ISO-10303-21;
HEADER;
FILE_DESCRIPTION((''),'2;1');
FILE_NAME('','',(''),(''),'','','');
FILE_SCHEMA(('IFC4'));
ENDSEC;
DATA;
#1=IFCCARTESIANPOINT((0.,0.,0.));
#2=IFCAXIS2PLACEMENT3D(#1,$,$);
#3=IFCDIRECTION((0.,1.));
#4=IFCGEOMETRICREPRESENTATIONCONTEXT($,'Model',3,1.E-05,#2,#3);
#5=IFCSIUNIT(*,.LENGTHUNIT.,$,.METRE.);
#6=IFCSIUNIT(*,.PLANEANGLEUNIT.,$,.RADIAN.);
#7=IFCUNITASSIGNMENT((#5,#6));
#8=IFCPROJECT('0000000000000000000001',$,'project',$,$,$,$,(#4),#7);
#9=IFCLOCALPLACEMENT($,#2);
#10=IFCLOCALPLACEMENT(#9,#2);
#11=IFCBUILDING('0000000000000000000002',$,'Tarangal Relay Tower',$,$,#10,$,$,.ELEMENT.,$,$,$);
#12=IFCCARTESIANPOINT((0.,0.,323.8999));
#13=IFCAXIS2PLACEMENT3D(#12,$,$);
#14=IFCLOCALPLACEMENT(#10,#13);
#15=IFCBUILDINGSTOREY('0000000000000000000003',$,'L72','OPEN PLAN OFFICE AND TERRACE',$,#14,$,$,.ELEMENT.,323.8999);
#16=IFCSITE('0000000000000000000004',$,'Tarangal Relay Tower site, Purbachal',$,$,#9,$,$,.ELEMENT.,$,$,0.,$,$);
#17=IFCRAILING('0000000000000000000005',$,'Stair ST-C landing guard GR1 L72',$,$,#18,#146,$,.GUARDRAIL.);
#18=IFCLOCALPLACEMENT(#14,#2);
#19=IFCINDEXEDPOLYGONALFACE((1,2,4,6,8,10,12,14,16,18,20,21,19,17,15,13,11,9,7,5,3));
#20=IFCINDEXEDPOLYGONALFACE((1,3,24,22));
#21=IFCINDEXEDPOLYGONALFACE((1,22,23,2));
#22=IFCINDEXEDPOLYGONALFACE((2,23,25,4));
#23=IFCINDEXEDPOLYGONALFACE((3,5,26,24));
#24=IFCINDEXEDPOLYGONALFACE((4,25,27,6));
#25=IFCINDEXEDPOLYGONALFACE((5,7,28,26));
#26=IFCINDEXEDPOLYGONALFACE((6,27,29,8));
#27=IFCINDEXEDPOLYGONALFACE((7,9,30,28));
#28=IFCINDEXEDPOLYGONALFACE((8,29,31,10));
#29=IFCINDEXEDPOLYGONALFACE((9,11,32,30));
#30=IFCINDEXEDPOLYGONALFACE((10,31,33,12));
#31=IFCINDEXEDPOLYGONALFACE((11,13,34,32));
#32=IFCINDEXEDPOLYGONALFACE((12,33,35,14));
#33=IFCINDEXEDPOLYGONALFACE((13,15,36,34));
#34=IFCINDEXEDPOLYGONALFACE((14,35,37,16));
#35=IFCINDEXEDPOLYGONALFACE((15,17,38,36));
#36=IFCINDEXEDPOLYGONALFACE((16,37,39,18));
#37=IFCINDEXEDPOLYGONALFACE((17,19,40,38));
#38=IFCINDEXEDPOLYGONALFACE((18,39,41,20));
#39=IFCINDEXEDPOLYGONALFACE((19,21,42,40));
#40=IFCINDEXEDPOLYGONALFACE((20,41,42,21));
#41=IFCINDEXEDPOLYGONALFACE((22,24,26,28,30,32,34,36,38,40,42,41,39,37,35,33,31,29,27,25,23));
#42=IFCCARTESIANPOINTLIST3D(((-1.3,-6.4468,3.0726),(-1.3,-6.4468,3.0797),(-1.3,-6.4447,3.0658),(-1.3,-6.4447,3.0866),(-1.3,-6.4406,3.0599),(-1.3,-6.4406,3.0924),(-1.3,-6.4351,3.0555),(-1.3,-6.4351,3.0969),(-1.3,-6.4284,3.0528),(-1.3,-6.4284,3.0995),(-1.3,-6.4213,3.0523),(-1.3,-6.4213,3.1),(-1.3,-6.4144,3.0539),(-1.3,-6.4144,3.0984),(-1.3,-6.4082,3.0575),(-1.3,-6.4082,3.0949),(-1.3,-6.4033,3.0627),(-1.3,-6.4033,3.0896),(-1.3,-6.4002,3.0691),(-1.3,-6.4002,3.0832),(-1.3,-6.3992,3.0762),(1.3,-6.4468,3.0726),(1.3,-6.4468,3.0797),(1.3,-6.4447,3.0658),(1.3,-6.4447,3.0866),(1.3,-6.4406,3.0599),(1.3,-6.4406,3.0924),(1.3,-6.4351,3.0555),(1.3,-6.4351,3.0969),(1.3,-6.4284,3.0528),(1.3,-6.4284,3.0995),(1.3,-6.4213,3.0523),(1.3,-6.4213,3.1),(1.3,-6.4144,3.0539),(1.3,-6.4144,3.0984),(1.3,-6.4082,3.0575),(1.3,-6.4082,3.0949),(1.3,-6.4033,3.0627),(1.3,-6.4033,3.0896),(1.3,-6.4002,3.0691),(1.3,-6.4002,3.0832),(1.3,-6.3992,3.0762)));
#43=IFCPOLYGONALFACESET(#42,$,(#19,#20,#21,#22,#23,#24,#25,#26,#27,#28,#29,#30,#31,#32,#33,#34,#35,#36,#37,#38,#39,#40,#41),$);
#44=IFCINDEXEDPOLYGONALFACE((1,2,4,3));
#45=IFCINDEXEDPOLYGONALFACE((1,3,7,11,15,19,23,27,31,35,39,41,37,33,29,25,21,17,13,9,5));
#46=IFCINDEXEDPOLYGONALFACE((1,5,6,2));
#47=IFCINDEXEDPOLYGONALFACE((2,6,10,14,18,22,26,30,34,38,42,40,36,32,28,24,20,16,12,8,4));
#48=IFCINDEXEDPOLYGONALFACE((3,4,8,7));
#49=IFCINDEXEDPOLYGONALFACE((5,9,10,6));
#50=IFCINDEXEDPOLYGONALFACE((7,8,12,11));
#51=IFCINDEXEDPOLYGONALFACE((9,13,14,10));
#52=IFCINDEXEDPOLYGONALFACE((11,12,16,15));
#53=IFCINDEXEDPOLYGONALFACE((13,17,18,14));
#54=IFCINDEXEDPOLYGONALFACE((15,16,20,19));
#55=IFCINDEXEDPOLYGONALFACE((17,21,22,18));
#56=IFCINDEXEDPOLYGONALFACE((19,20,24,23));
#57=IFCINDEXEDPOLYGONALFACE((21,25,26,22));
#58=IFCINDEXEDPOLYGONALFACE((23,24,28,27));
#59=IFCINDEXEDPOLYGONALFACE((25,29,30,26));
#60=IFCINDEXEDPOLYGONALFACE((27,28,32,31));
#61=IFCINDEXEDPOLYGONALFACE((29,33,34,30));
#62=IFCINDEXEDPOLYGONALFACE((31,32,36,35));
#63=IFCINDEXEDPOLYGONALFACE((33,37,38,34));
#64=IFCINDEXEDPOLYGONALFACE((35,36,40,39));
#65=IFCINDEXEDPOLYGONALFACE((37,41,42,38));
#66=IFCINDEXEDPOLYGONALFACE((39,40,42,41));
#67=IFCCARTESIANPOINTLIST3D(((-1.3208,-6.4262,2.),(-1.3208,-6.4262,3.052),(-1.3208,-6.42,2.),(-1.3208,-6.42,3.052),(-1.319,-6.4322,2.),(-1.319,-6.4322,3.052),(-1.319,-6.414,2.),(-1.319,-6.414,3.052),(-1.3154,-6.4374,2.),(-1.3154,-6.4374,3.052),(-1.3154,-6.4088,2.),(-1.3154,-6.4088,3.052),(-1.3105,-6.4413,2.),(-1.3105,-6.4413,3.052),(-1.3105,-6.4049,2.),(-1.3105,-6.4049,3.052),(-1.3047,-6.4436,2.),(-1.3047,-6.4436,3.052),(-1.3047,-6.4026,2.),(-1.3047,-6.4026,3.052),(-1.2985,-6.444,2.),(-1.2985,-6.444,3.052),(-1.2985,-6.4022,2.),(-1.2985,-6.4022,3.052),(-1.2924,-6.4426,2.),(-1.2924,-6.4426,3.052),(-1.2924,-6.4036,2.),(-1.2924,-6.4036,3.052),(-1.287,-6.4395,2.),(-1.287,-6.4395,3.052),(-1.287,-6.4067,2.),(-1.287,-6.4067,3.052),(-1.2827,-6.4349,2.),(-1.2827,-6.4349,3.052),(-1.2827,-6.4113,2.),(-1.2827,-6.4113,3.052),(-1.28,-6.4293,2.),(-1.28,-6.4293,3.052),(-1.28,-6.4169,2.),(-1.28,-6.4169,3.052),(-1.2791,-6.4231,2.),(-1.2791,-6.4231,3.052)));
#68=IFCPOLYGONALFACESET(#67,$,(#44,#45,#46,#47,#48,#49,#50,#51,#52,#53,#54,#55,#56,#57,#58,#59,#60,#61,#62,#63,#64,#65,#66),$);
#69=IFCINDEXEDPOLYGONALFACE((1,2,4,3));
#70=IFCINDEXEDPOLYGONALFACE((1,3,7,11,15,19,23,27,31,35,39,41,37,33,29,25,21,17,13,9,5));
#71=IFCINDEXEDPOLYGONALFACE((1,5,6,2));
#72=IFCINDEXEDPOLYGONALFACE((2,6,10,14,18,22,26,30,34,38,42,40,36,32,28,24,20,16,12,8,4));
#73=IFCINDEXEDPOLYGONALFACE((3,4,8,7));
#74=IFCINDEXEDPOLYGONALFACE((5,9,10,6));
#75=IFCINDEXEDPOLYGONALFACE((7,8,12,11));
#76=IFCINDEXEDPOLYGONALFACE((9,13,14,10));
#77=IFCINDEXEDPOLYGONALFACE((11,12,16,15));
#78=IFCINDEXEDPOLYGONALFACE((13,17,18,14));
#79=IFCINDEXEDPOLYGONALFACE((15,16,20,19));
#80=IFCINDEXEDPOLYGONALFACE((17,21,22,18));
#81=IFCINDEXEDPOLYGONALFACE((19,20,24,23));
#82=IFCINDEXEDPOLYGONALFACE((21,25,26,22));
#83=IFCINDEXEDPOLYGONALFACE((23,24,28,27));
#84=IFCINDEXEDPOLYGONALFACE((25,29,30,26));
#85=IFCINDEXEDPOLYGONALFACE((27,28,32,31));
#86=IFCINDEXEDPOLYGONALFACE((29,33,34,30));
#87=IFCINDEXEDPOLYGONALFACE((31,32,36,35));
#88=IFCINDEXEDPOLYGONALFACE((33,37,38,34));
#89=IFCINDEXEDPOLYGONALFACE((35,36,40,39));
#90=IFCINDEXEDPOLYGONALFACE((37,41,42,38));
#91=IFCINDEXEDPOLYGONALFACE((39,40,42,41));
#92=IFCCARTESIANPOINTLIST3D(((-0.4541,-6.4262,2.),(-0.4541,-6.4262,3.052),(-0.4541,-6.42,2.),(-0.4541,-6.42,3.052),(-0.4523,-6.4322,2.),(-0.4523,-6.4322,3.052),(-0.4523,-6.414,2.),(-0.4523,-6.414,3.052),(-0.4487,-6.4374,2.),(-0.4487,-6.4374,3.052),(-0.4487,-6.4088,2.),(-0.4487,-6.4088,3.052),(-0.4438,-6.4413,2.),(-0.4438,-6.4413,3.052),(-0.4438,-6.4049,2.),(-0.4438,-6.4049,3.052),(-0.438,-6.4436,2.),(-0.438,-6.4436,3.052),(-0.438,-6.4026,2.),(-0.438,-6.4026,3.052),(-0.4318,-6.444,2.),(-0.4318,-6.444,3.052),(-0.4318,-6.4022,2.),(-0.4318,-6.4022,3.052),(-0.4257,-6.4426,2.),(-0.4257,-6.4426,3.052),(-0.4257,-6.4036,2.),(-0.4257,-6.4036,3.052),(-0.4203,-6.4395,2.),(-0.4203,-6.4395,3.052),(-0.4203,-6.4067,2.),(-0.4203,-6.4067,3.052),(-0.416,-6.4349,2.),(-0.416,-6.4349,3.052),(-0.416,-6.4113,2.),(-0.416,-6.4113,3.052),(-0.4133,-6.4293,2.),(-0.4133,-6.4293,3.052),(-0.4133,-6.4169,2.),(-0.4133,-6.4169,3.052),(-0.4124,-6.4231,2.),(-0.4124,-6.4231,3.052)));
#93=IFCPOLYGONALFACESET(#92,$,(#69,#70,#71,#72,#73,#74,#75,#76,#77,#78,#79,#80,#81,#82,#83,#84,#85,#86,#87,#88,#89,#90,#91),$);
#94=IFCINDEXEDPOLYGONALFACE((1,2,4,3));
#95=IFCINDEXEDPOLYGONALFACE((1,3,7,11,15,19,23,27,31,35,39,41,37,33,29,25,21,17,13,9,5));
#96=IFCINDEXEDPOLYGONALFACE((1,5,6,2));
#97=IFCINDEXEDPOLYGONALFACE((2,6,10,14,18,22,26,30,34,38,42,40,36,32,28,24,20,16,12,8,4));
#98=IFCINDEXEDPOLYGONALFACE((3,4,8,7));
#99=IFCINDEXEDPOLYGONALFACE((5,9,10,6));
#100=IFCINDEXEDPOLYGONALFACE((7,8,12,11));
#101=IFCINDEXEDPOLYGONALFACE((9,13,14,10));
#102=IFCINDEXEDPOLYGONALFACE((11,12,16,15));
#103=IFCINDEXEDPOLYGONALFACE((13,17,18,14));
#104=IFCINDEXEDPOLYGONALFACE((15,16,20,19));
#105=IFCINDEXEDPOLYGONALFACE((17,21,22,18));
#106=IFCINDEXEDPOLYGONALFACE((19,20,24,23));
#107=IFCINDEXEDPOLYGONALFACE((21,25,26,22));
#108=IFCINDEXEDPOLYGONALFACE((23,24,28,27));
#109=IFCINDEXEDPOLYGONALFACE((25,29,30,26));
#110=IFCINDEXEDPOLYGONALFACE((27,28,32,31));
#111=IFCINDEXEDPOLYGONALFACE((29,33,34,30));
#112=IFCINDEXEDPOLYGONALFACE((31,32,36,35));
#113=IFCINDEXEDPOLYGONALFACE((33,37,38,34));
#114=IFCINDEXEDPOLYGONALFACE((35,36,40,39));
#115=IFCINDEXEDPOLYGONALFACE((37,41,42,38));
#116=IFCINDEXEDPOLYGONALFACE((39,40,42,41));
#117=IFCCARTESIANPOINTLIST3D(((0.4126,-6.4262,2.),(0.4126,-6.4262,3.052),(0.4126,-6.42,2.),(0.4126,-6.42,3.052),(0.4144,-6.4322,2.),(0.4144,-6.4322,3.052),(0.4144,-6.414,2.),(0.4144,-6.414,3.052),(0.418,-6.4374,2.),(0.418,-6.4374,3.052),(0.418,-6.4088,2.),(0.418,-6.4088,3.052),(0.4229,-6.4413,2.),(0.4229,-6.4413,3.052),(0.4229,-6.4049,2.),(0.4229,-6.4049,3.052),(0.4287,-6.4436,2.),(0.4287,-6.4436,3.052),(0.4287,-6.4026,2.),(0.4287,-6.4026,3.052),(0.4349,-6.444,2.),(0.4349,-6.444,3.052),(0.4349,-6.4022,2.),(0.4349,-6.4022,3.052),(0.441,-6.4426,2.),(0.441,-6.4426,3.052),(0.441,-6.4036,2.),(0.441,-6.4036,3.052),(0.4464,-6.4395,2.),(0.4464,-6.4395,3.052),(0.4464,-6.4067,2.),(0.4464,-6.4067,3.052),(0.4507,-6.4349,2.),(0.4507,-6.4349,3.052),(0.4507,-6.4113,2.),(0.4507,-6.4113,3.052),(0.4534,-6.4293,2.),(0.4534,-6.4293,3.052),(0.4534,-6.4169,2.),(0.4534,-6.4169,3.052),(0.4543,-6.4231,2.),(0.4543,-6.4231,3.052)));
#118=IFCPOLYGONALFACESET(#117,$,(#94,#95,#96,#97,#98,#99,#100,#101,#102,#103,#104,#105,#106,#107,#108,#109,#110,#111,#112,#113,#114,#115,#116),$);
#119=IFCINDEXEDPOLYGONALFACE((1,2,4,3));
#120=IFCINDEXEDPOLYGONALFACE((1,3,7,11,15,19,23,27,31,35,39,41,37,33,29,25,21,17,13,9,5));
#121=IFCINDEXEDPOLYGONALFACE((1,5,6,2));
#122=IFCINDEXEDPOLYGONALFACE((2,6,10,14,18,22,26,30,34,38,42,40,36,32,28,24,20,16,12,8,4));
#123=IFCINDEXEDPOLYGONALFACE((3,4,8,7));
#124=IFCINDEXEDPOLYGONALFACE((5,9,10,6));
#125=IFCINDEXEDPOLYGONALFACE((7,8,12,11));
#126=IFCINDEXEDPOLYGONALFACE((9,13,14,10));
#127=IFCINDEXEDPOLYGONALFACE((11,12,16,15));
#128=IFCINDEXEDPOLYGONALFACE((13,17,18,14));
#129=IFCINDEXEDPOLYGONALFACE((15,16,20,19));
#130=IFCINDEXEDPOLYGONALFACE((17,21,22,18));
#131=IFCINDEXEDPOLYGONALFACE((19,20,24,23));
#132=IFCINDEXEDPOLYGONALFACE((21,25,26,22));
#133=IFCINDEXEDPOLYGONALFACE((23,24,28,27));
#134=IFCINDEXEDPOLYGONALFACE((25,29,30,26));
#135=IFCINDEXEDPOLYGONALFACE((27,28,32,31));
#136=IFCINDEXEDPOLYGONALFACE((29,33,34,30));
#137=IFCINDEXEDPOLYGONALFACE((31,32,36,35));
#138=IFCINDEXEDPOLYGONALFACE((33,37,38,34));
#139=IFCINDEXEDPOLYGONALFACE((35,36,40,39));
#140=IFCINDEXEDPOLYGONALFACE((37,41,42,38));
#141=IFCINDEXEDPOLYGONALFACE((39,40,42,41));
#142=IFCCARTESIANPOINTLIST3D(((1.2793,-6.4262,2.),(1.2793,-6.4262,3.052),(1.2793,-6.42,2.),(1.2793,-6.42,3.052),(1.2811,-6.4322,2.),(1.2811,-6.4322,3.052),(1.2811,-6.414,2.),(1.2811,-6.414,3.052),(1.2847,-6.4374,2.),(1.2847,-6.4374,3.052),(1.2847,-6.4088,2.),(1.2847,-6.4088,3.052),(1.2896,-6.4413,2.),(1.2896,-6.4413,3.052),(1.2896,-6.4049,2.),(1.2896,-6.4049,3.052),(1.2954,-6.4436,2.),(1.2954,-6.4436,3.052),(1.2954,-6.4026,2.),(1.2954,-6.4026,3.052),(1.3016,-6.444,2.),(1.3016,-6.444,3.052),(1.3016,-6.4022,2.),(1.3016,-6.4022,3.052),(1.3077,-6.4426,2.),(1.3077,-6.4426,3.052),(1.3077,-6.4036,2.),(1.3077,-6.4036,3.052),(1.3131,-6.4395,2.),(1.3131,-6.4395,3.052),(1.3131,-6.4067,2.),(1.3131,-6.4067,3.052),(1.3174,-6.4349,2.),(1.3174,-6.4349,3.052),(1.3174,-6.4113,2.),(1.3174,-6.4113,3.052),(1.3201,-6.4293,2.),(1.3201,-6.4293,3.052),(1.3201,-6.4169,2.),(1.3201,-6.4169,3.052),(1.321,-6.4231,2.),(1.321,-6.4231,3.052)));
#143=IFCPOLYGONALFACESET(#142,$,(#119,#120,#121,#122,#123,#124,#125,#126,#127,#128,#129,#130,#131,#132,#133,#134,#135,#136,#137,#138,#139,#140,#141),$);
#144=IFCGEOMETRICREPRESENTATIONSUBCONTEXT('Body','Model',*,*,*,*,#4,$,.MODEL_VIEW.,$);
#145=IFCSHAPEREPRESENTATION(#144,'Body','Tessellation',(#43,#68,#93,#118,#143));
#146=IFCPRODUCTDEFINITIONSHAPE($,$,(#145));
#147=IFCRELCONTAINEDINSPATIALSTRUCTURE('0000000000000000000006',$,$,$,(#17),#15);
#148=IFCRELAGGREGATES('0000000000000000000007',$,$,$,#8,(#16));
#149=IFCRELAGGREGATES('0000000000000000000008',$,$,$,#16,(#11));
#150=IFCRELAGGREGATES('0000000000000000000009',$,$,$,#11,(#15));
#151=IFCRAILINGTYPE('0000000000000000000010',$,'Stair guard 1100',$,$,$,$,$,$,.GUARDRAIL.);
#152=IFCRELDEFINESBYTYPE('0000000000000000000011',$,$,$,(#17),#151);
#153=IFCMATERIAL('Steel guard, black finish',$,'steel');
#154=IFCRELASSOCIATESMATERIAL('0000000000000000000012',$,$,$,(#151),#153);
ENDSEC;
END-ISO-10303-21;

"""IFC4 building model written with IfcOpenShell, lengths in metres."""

from ifc_helpers import new_model, si_unit, direction, frame, origin, origin_2d, place, context, subcontext, project, spatial, circle, extrude, material, type_object, element, save


model = new_model("IFC4")

# Units and contexts
model_context = context("Model", 3, precision=1e-05, world=origin(), true_north=direction((0.0, 1.0)))
body_context = subcontext(model_context, "Body", "Model", "MODEL_VIEW")
ifc_project = project(units=[si_unit("LENGTHUNIT", "METRE"), si_unit("PLANEANGLEUNIT", "RADIAN")], contexts=[model_context])

# Site, building, storey
site_placement = place(None, origin())
site = spatial("IfcSite", under=ifc_project, at=site_placement, Name="Tarangal Relay Tower site, Purbachal", CompositionType="ELEMENT", RefElevation=0.0)
building_placement = place(site_placement, origin())
building = spatial("IfcBuilding", under=site, at=building_placement, Name="Tarangal Relay Tower", CompositionType="ELEMENT")
storey_placement = place(building_placement, frame((0.0, 0.0, 323.8999)))
storey = spatial("IfcBuildingStorey", under=building, at=storey_placement, Name="L72", Description="OPEN PLAN OFFICE AND TERRACE", CompositionType="ELEMENT", Elevation=323.8999)

# Railing
ifc_material_1 = material(Name="Steel guard, black finish", Category="steel")
railing_type_1 = type_object("IfcRailingType", Name="Stair guard 1100", PredefinedType="GUARDRAIL", material=ifc_material_1)
for number, where, name in (
    (1, (-1.3, -6.4231, 2.0), "Stair ST-C landing guard GR1 L72"),
):
    element("IfcRailing", number, at=place(storey_placement, frame(where)), inside=storey, type_object=railing_type_1, Name=name, PredefinedType="GUARDRAIL", context=body_context, shape_type="SweptSolid", body=[
        extrude(circle(Radius=0.0239, at=origin_2d()), frame((0.0, 0.0, 1.0762), z_axis=(1.0, 0.0, 0.0), x_axis=(0.0, 1.0, 0.0)), (0.0, 0.0, 1.0), 2.6001),
        extrude(circle(Radius=0.021, at=origin_2d()), origin(), (0.0, 0.0, 1.0), 1.052),
        extrude(circle(Radius=0.021, at=origin_2d()), frame((0.8667, 0.0, 0.0)), (0.0, 0.0, 1.0), 1.052),
        extrude(circle(Radius=0.021, at=origin_2d()), frame((1.7334, 0.0, 0.0)), (0.0, 0.0, 1.0), 1.052),
        extrude(circle(Radius=0.021, at=origin_2d()), frame((2.6001, 0.0, 0.0)), (0.0, 0.0, 1.0), 1.052),
    ])

save(model, "model.ifc")
